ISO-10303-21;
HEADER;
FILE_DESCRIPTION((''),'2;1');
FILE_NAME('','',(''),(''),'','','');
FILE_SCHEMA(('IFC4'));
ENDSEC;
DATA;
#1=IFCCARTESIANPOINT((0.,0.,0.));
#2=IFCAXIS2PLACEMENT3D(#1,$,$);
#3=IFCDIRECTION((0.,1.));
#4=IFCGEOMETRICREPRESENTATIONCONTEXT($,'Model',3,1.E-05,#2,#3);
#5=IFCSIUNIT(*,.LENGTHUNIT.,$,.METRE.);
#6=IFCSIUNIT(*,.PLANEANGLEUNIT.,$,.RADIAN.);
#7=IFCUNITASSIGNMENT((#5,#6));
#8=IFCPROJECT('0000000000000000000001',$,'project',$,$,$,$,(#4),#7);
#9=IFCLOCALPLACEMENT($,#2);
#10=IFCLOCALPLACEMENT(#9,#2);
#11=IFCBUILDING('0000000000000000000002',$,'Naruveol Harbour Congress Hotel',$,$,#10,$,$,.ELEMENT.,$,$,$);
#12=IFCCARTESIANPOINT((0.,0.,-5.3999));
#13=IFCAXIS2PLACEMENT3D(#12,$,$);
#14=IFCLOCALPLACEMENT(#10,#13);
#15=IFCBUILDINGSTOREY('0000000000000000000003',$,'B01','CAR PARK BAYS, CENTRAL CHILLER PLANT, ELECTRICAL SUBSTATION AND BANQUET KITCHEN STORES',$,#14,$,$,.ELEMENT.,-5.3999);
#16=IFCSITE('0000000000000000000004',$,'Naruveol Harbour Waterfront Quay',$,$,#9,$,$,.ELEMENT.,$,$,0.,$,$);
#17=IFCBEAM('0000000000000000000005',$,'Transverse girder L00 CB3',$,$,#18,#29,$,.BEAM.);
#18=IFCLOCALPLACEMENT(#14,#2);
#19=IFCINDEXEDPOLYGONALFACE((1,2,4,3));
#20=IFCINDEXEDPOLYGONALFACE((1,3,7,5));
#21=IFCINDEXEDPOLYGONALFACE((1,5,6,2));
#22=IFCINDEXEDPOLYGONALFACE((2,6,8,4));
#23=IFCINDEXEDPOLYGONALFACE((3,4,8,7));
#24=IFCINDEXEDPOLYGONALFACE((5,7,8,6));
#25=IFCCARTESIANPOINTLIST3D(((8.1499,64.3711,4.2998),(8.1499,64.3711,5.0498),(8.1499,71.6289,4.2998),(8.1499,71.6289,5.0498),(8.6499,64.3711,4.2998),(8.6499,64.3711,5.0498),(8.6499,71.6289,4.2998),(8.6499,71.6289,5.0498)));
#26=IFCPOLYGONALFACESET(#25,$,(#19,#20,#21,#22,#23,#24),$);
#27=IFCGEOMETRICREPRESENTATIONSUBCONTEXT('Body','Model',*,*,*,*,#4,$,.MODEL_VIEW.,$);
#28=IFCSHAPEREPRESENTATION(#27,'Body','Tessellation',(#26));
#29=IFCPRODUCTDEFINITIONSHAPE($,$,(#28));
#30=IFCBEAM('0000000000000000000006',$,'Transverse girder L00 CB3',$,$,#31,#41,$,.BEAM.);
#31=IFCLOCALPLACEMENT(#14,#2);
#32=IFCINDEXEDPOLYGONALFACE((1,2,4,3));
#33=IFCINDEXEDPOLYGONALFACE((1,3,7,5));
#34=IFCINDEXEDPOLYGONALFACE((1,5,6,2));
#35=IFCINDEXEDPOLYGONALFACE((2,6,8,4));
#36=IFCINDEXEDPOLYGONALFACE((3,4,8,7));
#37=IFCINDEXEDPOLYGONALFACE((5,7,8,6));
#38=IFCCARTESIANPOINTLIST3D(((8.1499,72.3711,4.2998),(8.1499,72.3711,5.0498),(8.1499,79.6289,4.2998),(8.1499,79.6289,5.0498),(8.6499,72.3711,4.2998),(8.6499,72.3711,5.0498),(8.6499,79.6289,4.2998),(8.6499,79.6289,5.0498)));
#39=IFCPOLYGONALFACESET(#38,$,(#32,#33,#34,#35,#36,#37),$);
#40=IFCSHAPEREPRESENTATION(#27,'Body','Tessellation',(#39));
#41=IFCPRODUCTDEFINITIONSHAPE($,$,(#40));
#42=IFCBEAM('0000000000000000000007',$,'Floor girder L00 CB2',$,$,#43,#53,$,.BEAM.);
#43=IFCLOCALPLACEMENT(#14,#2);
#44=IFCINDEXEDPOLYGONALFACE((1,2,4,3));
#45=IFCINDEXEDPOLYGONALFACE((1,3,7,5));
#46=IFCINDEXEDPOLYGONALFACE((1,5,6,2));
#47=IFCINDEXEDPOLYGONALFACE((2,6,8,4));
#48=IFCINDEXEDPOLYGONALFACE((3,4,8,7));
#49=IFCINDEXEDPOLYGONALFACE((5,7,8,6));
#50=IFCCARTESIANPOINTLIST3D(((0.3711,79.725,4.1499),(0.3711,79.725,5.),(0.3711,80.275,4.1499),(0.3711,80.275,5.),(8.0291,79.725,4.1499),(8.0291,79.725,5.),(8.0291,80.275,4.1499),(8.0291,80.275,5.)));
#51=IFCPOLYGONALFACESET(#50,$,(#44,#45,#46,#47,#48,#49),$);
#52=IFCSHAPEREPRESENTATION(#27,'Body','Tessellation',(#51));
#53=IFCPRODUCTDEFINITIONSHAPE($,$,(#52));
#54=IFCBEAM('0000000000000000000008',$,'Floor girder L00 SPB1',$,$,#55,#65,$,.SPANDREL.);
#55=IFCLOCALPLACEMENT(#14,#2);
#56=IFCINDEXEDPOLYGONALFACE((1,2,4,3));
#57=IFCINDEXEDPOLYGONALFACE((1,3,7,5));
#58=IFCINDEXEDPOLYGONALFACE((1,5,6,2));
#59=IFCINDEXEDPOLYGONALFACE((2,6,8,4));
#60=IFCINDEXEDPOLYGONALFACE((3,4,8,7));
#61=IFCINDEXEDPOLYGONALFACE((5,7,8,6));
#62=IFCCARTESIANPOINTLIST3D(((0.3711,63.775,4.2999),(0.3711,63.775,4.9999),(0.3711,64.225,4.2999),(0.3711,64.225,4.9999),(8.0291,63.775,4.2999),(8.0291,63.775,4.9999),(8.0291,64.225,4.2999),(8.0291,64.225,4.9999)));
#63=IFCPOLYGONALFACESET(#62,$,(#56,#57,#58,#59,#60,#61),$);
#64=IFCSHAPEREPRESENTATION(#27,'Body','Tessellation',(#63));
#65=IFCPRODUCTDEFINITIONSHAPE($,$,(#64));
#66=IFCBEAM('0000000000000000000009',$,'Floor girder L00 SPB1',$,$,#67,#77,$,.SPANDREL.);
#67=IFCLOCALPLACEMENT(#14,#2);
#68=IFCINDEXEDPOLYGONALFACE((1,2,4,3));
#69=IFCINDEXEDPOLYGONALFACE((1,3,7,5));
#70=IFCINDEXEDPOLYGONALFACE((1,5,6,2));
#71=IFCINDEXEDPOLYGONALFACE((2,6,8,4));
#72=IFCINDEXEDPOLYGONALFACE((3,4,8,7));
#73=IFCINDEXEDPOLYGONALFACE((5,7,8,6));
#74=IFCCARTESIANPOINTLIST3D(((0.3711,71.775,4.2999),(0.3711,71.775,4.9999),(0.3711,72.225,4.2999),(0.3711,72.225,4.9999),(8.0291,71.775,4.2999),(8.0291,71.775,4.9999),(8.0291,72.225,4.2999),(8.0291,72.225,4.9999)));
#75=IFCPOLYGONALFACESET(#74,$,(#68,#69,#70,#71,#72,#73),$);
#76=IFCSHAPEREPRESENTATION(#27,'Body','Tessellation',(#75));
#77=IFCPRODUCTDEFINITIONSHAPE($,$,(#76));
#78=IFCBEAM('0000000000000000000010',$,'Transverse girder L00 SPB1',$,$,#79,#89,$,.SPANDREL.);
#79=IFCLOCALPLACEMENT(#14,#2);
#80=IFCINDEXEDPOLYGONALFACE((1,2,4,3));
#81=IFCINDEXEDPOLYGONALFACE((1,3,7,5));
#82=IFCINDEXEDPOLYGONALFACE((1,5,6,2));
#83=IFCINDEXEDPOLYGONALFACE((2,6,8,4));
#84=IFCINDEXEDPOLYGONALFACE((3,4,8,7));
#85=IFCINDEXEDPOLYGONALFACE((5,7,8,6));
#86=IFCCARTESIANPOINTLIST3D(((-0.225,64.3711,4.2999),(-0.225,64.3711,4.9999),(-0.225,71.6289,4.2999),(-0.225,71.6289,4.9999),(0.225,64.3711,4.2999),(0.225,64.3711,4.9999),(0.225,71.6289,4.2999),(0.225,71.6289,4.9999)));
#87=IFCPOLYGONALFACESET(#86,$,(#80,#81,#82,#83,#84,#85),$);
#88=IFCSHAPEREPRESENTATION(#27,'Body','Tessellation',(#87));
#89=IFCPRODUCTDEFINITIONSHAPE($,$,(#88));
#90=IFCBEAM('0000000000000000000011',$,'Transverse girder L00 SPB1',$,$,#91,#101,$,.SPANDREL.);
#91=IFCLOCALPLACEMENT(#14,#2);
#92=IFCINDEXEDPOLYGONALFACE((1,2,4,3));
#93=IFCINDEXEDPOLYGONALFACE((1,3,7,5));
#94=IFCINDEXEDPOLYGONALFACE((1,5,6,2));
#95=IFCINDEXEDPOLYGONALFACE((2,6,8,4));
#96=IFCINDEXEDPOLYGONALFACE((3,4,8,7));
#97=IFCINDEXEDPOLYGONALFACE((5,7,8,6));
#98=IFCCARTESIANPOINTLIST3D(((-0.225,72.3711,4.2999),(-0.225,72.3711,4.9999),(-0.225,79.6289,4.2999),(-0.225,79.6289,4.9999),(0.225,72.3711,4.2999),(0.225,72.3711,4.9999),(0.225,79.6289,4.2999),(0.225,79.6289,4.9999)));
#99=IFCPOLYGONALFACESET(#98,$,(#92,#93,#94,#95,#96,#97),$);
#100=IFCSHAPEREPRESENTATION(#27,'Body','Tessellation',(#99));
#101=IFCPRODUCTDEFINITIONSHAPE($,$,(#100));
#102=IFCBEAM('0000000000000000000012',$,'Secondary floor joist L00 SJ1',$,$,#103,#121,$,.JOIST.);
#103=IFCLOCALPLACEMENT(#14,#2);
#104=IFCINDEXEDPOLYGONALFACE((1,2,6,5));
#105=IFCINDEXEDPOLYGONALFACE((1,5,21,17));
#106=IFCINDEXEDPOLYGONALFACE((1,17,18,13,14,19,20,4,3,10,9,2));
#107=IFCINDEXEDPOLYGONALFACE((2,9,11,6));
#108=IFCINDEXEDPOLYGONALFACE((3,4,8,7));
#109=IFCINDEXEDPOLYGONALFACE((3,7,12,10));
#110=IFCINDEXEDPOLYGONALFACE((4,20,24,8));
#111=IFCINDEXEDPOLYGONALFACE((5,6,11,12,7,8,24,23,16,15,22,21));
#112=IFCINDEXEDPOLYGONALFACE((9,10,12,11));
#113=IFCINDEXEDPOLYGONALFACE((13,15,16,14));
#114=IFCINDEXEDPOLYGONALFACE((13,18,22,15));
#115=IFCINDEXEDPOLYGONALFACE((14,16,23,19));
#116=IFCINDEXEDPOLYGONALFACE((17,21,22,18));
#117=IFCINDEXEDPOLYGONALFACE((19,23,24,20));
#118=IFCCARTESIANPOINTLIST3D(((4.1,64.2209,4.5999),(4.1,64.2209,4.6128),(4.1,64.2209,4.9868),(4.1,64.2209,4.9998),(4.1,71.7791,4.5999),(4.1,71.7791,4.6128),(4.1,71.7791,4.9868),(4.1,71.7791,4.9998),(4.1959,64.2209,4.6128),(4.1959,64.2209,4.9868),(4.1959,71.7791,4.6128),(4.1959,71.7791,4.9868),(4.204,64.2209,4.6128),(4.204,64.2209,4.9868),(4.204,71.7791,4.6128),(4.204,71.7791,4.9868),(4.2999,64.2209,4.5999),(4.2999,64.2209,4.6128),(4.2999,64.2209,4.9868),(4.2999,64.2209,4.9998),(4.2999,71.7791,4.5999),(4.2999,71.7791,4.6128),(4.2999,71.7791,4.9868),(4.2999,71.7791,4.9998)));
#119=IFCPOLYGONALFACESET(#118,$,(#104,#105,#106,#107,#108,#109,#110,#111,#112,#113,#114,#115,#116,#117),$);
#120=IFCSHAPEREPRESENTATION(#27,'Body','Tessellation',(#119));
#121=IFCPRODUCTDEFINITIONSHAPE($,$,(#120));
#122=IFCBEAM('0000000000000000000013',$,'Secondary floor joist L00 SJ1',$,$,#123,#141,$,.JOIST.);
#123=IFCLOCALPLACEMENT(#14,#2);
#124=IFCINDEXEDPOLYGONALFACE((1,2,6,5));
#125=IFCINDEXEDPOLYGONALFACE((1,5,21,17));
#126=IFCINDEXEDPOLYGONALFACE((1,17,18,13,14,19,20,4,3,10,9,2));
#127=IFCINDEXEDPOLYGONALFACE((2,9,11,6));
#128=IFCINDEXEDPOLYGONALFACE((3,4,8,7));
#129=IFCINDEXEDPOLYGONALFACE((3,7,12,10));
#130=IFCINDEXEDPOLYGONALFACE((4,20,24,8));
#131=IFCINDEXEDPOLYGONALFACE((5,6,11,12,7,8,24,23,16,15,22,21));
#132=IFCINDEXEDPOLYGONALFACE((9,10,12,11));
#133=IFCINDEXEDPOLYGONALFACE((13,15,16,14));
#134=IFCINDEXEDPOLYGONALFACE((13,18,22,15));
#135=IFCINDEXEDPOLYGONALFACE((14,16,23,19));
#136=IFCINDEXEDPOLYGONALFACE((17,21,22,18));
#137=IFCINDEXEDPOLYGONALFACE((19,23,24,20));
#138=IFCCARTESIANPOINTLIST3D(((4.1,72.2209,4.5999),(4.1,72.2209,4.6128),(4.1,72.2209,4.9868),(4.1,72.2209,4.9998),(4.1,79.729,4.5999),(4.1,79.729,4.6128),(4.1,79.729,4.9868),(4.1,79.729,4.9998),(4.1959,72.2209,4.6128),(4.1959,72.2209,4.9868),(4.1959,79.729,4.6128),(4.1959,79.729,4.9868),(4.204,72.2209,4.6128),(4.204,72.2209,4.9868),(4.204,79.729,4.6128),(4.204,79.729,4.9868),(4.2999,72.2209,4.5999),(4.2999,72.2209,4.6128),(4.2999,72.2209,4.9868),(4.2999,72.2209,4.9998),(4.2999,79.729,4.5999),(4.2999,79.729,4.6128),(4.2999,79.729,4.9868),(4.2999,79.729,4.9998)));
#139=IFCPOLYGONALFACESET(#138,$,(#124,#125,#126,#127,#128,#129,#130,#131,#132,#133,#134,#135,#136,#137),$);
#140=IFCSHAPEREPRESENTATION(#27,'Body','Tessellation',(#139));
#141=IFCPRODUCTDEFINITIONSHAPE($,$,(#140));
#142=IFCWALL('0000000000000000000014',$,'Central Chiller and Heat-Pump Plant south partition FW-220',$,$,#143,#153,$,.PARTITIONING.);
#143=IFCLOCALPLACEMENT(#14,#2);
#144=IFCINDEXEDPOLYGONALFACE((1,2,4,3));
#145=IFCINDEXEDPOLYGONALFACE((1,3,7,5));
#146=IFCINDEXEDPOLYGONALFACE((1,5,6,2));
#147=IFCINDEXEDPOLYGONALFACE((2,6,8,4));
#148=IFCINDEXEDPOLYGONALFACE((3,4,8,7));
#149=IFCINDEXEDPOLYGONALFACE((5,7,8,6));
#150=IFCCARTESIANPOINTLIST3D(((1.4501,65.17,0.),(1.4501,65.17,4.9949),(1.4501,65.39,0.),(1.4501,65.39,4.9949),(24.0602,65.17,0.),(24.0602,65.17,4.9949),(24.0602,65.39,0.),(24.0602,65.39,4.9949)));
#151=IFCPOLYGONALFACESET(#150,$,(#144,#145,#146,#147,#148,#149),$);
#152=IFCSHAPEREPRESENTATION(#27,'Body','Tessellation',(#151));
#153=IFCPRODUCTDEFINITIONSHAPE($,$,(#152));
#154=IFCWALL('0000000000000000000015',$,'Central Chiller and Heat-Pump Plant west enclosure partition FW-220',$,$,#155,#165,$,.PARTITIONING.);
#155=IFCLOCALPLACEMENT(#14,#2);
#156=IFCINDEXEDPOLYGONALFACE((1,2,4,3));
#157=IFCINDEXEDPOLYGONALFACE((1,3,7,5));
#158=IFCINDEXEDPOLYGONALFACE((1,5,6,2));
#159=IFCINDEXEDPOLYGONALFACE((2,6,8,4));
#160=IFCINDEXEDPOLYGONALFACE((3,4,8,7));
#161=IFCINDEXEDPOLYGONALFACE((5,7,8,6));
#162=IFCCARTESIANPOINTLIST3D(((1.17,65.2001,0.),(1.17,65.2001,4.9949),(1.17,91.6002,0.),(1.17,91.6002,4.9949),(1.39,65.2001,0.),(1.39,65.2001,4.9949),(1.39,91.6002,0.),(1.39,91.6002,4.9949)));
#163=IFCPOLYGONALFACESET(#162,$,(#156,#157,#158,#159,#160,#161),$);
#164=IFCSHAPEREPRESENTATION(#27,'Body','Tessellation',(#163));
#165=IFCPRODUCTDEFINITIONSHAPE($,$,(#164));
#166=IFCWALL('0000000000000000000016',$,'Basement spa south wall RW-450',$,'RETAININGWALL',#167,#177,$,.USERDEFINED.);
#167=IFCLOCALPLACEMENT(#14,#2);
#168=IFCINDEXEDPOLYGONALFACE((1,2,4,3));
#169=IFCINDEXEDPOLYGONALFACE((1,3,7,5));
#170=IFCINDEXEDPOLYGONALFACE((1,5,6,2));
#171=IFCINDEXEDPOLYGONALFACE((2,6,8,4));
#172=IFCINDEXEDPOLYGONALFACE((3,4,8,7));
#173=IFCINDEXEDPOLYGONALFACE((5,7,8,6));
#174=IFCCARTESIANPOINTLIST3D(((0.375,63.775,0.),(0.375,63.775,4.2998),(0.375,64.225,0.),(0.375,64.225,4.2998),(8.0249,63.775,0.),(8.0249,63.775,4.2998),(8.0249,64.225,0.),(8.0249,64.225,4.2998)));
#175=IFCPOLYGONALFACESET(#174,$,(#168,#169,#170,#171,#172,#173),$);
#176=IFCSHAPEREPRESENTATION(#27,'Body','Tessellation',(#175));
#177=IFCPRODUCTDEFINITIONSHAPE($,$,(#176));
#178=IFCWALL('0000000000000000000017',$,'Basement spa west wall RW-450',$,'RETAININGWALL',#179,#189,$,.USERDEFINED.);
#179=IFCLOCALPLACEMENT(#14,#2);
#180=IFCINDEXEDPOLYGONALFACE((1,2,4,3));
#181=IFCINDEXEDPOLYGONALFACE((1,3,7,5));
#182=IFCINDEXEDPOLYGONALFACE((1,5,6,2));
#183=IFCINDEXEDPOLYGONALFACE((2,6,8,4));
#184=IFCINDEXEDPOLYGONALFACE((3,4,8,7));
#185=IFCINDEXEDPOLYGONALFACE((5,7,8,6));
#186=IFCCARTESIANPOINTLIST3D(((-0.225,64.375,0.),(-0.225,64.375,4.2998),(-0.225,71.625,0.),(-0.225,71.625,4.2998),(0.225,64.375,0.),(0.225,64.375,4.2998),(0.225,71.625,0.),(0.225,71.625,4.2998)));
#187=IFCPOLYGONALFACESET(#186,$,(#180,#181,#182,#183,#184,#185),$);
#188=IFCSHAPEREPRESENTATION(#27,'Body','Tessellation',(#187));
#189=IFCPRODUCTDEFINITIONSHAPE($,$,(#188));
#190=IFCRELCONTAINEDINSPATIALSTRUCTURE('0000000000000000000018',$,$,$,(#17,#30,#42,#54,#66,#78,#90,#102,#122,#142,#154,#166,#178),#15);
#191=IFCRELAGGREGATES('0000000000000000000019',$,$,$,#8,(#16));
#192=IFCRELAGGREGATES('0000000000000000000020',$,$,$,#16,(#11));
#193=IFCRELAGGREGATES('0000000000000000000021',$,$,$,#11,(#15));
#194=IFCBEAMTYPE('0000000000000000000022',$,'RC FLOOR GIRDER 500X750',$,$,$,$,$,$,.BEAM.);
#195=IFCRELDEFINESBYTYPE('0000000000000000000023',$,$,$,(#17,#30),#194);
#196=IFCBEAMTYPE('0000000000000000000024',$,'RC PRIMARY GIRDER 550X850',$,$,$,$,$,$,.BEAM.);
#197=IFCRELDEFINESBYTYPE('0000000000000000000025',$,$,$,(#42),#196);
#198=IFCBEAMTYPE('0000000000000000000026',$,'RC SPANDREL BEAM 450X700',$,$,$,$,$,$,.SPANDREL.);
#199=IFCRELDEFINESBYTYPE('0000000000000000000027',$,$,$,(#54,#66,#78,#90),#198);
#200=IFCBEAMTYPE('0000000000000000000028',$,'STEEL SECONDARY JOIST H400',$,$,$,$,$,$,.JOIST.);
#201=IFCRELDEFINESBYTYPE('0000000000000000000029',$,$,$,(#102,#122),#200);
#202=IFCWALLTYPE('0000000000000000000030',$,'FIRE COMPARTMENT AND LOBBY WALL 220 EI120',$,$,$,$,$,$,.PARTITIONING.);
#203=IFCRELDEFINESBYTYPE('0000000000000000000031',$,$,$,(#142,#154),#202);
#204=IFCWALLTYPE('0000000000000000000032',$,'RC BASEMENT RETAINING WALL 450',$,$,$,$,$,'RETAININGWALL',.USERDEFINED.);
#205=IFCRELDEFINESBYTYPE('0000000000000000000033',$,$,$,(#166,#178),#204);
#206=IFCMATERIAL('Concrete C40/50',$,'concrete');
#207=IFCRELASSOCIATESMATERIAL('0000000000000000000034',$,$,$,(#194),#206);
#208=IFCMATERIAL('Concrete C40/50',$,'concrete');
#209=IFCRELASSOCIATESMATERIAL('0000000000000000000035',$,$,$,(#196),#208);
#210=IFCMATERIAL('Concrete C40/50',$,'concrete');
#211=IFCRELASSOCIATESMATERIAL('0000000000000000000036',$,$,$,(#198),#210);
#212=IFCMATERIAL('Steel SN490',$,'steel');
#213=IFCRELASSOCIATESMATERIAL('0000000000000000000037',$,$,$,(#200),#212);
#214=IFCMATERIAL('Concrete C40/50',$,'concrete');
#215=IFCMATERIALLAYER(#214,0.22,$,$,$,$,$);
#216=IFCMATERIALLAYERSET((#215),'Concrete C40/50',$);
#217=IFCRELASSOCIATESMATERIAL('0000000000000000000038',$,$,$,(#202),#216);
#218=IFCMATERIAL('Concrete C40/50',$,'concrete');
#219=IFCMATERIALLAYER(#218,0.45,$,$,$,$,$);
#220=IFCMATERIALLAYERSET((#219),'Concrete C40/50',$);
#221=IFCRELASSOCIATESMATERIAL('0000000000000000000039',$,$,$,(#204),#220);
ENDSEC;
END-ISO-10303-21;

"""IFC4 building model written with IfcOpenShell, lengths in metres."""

from ifc_helpers import new_model, si_unit, direction, frame, frame_2d, origin, origin_2d, place, context, subcontext, project, spatial, rectangle, i_section, extrude, material, layer, layer_set, material_profile, profile_set, type_object, element, save


model = new_model("IFC4")

# Units and contexts
model_context = context("Model", 3, precision=1e-05, world=origin(), true_north=direction((0.0, 1.0)))
body_context = subcontext(model_context, "Body", "Model", "MODEL_VIEW")
ifc_project = project(units=[si_unit("LENGTHUNIT", "METRE"), si_unit("PLANEANGLEUNIT", "RADIAN")], contexts=[model_context])

# Site, building, storey
site_placement = place(None, origin())
site = spatial("IfcSite", under=ifc_project, at=site_placement, Name="Naruveol Harbour Waterfront Quay", CompositionType="ELEMENT", RefElevation=0.0)
building_placement = place(site_placement, origin())
building = spatial("IfcBuilding", under=site, at=building_placement, Name="Naruveol Harbour Congress Hotel", CompositionType="ELEMENT")
storey_placement = place(building_placement, frame((0.0, 0.0, -5.3999)))
storey = spatial("IfcBuildingStorey", under=building, at=storey_placement, Name="B01", Description="CAR PARK BAYS, CENTRAL CHILLER PLANT, ELECTRICAL SUBSTATION AND BANQUET KITCHEN STORES", CompositionType="ELEMENT", Elevation=-5.3999)

# Beams
ifc_material_1 = material(Name="Concrete C40/50", Category="concrete")
ifc_material_profile_1 = material_profile(ifc_material_1, rectangle(XDim=0.5, YDim=0.75, at=origin_2d()), Name="RCB-500x750")
ifc_profile_set_1 = profile_set([ifc_material_profile_1], Name="Concrete C40/50")
beam_type_1 = type_object("IfcBeamType", Name="RC FLOOR GIRDER 500X750", PredefinedType="BEAM", material=ifc_profile_set_1)
for number, where, z_axis, x_axis, name in (
    (1, (8.3999, 64.3711, 4.6748), (0.0, 1.0, 0.0), (-1.0, 0.0, 0.0), "Transverse girder L00 CB3"),
    (2, (8.3999, 72.3711, 4.6748), (0.0, 1.0, 0.0), (-1.0, 0.0, 0.0), "Transverse girder L00 CB3"),
):
    element("IfcBeam", number, at=place(storey_placement, frame(where, z_axis=z_axis, x_axis=x_axis)), inside=storey, type_object=beam_type_1, Name=name, PredefinedType="BEAM", context=body_context, shape_type="SweptSolid", body=[
        extrude(rectangle(XDim=0.5, YDim=0.75, at=origin_2d()), origin(), (0.0, 0.0, 1.0), 7.2578),
    ])
ifc_material_2 = material(Name="Concrete C40/50", Category="concrete")
ifc_material_profile_2 = material_profile(ifc_material_2, rectangle(XDim=0.55, YDim=0.8501, at=origin_2d()), Name="RCB-550x850")
ifc_profile_set_2 = profile_set([ifc_material_profile_2], Name="Concrete C40/50")
beam_type_2 = type_object("IfcBeamType", Name="RC PRIMARY GIRDER 550X850", PredefinedType="BEAM", material=ifc_profile_set_2)
beam_1_placement = place(storey_placement, frame((0.3711, 80.0, 4.575), z_axis=(1.0, 0.0, 0.0), x_axis=(0.0, 1.0, 0.0)))
element("IfcBeam", 3, at=beam_1_placement, inside=storey, type_object=beam_type_2, Name="Floor girder L00 CB2", PredefinedType="BEAM", context=body_context, shape_type="SweptSolid", body=[
    extrude(rectangle(XDim=0.55, YDim=0.8501, at=origin_2d()), origin(), (0.0, 0.0, 1.0), 7.658),
])
ifc_material_3 = material(Name="Concrete C40/50", Category="concrete")
ifc_material_profile_3 = material_profile(ifc_material_3, rectangle(XDim=0.45, YDim=0.7, at=origin_2d()), Name="RCB-450x700")
ifc_profile_set_3 = profile_set([ifc_material_profile_3], Name="Concrete C40/50")
beam_type_3 = type_object("IfcBeamType", Name="RC SPANDREL BEAM 450X700", PredefinedType="SPANDREL", material=ifc_profile_set_3)
for number, where, z_axis, x_axis, name in (
    (4, (0.3711, 64.0, 4.6499), (1.0, 0.0, 0.0), (0.0, 1.0, 0.0), "Floor girder L00 SPB1"),
    (5, (0.3711, 72.0, 4.6499), (1.0, 0.0, 0.0), (0.0, 1.0, 0.0), "Floor girder L00 SPB1"),
):
    element("IfcBeam", number, at=place(storey_placement, frame(where, z_axis=z_axis, x_axis=x_axis)), inside=storey, type_object=beam_type_3, Name=name, PredefinedType="SPANDREL", context=body_context, shape_type="SweptSolid", body=[
        extrude(rectangle(XDim=0.45, YDim=0.7, at=origin_2d()), origin(), (0.0, 0.0, 1.0), 7.658),
    ])
for number, where, z_axis, x_axis, name in (
    (6, (0.0, 64.3711, 4.6499), (0.0, 1.0, 0.0), (-1.0, 0.0, 0.0), "Transverse girder L00 SPB1"),
    (7, (0.0, 72.3711, 4.6499), (0.0, 1.0, 0.0), (-1.0, 0.0, 0.0), "Transverse girder L00 SPB1"),
):
    element("IfcBeam", number, at=place(storey_placement, frame(where, z_axis=z_axis, x_axis=x_axis)), inside=storey, type_object=beam_type_3, Name=name, PredefinedType="SPANDREL", context=body_context, shape_type="SweptSolid", body=[
        extrude(rectangle(XDim=0.45, YDim=0.7, at=origin_2d()), origin(), (0.0, 0.0, 1.0), 7.2578),
    ])
ifc_material_4 = material(Name="Steel SN490", Category="steel")
ifc_material_profile_4 = material_profile(ifc_material_4, i_section(OverallWidth=0.2, OverallDepth=0.3999, WebThickness=0.0081, FlangeThickness=0.0129, at=origin_2d()), Name="H-400x200x8x13")
ifc_profile_set_4 = profile_set([ifc_material_profile_4], Name="Steel SN490")
beam_type_4 = type_object("IfcBeamType", Name="STEEL SECONDARY JOIST H400", PredefinedType="JOIST", material=ifc_profile_set_4)
beam_2_placement = place(storey_placement, frame((4.2, 64.2209, 4.7998), z_axis=(0.0, 1.0, 0.0), x_axis=(-1.0, 0.0, 0.0)))
element("IfcBeam", 8, at=beam_2_placement, inside=storey, type_object=beam_type_4, Name="Secondary floor joist L00 SJ1", PredefinedType="JOIST", context=body_context, shape_type="SweptSolid", body=[
    extrude(i_section(OverallWidth=0.2, OverallDepth=0.3999, WebThickness=0.0081, FlangeThickness=0.0129, at=origin_2d()), origin(), (0.0, 0.0, 1.0), 7.5581),
])
beam_3_placement = place(storey_placement, frame((4.2, 72.2209, 4.7998), z_axis=(0.0, 1.0, 0.0), x_axis=(-1.0, 0.0, 0.0)))
element("IfcBeam", 9, at=beam_3_placement, inside=storey, type_object=beam_type_4, Name="Secondary floor joist L00 SJ1", PredefinedType="JOIST", context=body_context, shape_type="SweptSolid", body=[
    extrude(i_section(OverallWidth=0.2, OverallDepth=0.3999, WebThickness=0.0081, FlangeThickness=0.0129, at=origin_2d()), origin(), (0.0, 0.0, 1.0), 7.5081),
])

# Walls
ifc_material_5 = material(Name="Concrete C40/50", Category="concrete")
ifc_layer_1 = layer(ifc_material_5, 0.22)
ifc_layer_set_1 = layer_set([ifc_layer_1], Name="Concrete C40/50")
wall_type_1 = type_object("IfcWallType", Name="FIRE COMPARTMENT AND LOBBY WALL 220 EI120", PredefinedType="PARTITIONING", material=ifc_layer_set_1)
wall_1_placement = place(storey_placement, frame((1.45, 65.28, 0.0), z_axis=(0.0, 0.0, 1.0), x_axis=(1.0, 0.0, 0.0)))
element("IfcWall", 10, at=wall_1_placement, inside=storey, type_object=wall_type_1, Name="Central Chiller and Heat-Pump Plant south partition FW-220", PredefinedType="PARTITIONING", context=body_context, shape_type="SweptSolid", body=[
    extrude(rectangle(XDim=22.6101, YDim=0.22, at=frame_2d((11.3052, 0.0))), origin(), (0.0, 0.0, 1.0), 4.9949),
])
wall_2_placement = place(storey_placement, frame((1.28, 65.2, 0.0), z_axis=(0.0, 0.0, 1.0), x_axis=(0.0, 1.0, 0.0)))
element("IfcWall", 11, at=wall_2_placement, inside=storey, type_object=wall_type_1, Name="Central Chiller and Heat-Pump Plant west enclosure partition FW-220", PredefinedType="PARTITIONING", context=body_context, shape_type="SweptSolid", body=[
    extrude(rectangle(XDim=26.4001, YDim=0.22, at=frame_2d((13.2002, 0.0))), origin(), (0.0, 0.0, 1.0), 4.9949),
])
ifc_material_6 = material(Name="Concrete C40/50", Category="concrete")
ifc_layer_2 = layer(ifc_material_6, 0.45)
ifc_layer_set_2 = layer_set([ifc_layer_2], Name="Concrete C40/50")
wall_type_2 = type_object("IfcWallType", Name="RC BASEMENT RETAINING WALL 450", ElementType="RETAININGWALL", PredefinedType="USERDEFINED", material=ifc_layer_set_2)
wall_3_placement = place(storey_placement, frame((8.0249, 64.0, 0.0), z_axis=(0.0, 0.0, 1.0), x_axis=(-1.0, 0.0, 0.0)))
element("IfcWall", 12, at=wall_3_placement, inside=storey, type_object=wall_type_2, Name="Basement spa south wall RW-450", ObjectType="RETAININGWALL", PredefinedType="USERDEFINED", context=body_context, shape_type="SweptSolid", body=[
    extrude(rectangle(XDim=7.6499, YDim=0.45, at=frame_2d((3.825, 0.0))), origin(), (0.0, 0.0, 1.0), 4.2998),
])
for number, where, z_axis, x_axis, name in (
    (13, (0.0, 64.375, 0.0), (0.0, 0.0, 1.0), (0.0, 1.0, 0.0), "Basement spa west wall RW-450"),
):
    element("IfcWall", number, at=place(storey_placement, frame(where, z_axis=z_axis, x_axis=x_axis)), inside=storey, type_object=wall_type_2, Name=name, ObjectType="RETAININGWALL", PredefinedType="USERDEFINED", context=body_context, shape_type="SweptSolid", body=[
        extrude(rectangle(XDim=7.25, YDim=0.45, at=frame_2d((3.625, 0.0))), origin(), (0.0, 0.0, 1.0), 4.2998),
    ])

save(model, "model.ifc")
